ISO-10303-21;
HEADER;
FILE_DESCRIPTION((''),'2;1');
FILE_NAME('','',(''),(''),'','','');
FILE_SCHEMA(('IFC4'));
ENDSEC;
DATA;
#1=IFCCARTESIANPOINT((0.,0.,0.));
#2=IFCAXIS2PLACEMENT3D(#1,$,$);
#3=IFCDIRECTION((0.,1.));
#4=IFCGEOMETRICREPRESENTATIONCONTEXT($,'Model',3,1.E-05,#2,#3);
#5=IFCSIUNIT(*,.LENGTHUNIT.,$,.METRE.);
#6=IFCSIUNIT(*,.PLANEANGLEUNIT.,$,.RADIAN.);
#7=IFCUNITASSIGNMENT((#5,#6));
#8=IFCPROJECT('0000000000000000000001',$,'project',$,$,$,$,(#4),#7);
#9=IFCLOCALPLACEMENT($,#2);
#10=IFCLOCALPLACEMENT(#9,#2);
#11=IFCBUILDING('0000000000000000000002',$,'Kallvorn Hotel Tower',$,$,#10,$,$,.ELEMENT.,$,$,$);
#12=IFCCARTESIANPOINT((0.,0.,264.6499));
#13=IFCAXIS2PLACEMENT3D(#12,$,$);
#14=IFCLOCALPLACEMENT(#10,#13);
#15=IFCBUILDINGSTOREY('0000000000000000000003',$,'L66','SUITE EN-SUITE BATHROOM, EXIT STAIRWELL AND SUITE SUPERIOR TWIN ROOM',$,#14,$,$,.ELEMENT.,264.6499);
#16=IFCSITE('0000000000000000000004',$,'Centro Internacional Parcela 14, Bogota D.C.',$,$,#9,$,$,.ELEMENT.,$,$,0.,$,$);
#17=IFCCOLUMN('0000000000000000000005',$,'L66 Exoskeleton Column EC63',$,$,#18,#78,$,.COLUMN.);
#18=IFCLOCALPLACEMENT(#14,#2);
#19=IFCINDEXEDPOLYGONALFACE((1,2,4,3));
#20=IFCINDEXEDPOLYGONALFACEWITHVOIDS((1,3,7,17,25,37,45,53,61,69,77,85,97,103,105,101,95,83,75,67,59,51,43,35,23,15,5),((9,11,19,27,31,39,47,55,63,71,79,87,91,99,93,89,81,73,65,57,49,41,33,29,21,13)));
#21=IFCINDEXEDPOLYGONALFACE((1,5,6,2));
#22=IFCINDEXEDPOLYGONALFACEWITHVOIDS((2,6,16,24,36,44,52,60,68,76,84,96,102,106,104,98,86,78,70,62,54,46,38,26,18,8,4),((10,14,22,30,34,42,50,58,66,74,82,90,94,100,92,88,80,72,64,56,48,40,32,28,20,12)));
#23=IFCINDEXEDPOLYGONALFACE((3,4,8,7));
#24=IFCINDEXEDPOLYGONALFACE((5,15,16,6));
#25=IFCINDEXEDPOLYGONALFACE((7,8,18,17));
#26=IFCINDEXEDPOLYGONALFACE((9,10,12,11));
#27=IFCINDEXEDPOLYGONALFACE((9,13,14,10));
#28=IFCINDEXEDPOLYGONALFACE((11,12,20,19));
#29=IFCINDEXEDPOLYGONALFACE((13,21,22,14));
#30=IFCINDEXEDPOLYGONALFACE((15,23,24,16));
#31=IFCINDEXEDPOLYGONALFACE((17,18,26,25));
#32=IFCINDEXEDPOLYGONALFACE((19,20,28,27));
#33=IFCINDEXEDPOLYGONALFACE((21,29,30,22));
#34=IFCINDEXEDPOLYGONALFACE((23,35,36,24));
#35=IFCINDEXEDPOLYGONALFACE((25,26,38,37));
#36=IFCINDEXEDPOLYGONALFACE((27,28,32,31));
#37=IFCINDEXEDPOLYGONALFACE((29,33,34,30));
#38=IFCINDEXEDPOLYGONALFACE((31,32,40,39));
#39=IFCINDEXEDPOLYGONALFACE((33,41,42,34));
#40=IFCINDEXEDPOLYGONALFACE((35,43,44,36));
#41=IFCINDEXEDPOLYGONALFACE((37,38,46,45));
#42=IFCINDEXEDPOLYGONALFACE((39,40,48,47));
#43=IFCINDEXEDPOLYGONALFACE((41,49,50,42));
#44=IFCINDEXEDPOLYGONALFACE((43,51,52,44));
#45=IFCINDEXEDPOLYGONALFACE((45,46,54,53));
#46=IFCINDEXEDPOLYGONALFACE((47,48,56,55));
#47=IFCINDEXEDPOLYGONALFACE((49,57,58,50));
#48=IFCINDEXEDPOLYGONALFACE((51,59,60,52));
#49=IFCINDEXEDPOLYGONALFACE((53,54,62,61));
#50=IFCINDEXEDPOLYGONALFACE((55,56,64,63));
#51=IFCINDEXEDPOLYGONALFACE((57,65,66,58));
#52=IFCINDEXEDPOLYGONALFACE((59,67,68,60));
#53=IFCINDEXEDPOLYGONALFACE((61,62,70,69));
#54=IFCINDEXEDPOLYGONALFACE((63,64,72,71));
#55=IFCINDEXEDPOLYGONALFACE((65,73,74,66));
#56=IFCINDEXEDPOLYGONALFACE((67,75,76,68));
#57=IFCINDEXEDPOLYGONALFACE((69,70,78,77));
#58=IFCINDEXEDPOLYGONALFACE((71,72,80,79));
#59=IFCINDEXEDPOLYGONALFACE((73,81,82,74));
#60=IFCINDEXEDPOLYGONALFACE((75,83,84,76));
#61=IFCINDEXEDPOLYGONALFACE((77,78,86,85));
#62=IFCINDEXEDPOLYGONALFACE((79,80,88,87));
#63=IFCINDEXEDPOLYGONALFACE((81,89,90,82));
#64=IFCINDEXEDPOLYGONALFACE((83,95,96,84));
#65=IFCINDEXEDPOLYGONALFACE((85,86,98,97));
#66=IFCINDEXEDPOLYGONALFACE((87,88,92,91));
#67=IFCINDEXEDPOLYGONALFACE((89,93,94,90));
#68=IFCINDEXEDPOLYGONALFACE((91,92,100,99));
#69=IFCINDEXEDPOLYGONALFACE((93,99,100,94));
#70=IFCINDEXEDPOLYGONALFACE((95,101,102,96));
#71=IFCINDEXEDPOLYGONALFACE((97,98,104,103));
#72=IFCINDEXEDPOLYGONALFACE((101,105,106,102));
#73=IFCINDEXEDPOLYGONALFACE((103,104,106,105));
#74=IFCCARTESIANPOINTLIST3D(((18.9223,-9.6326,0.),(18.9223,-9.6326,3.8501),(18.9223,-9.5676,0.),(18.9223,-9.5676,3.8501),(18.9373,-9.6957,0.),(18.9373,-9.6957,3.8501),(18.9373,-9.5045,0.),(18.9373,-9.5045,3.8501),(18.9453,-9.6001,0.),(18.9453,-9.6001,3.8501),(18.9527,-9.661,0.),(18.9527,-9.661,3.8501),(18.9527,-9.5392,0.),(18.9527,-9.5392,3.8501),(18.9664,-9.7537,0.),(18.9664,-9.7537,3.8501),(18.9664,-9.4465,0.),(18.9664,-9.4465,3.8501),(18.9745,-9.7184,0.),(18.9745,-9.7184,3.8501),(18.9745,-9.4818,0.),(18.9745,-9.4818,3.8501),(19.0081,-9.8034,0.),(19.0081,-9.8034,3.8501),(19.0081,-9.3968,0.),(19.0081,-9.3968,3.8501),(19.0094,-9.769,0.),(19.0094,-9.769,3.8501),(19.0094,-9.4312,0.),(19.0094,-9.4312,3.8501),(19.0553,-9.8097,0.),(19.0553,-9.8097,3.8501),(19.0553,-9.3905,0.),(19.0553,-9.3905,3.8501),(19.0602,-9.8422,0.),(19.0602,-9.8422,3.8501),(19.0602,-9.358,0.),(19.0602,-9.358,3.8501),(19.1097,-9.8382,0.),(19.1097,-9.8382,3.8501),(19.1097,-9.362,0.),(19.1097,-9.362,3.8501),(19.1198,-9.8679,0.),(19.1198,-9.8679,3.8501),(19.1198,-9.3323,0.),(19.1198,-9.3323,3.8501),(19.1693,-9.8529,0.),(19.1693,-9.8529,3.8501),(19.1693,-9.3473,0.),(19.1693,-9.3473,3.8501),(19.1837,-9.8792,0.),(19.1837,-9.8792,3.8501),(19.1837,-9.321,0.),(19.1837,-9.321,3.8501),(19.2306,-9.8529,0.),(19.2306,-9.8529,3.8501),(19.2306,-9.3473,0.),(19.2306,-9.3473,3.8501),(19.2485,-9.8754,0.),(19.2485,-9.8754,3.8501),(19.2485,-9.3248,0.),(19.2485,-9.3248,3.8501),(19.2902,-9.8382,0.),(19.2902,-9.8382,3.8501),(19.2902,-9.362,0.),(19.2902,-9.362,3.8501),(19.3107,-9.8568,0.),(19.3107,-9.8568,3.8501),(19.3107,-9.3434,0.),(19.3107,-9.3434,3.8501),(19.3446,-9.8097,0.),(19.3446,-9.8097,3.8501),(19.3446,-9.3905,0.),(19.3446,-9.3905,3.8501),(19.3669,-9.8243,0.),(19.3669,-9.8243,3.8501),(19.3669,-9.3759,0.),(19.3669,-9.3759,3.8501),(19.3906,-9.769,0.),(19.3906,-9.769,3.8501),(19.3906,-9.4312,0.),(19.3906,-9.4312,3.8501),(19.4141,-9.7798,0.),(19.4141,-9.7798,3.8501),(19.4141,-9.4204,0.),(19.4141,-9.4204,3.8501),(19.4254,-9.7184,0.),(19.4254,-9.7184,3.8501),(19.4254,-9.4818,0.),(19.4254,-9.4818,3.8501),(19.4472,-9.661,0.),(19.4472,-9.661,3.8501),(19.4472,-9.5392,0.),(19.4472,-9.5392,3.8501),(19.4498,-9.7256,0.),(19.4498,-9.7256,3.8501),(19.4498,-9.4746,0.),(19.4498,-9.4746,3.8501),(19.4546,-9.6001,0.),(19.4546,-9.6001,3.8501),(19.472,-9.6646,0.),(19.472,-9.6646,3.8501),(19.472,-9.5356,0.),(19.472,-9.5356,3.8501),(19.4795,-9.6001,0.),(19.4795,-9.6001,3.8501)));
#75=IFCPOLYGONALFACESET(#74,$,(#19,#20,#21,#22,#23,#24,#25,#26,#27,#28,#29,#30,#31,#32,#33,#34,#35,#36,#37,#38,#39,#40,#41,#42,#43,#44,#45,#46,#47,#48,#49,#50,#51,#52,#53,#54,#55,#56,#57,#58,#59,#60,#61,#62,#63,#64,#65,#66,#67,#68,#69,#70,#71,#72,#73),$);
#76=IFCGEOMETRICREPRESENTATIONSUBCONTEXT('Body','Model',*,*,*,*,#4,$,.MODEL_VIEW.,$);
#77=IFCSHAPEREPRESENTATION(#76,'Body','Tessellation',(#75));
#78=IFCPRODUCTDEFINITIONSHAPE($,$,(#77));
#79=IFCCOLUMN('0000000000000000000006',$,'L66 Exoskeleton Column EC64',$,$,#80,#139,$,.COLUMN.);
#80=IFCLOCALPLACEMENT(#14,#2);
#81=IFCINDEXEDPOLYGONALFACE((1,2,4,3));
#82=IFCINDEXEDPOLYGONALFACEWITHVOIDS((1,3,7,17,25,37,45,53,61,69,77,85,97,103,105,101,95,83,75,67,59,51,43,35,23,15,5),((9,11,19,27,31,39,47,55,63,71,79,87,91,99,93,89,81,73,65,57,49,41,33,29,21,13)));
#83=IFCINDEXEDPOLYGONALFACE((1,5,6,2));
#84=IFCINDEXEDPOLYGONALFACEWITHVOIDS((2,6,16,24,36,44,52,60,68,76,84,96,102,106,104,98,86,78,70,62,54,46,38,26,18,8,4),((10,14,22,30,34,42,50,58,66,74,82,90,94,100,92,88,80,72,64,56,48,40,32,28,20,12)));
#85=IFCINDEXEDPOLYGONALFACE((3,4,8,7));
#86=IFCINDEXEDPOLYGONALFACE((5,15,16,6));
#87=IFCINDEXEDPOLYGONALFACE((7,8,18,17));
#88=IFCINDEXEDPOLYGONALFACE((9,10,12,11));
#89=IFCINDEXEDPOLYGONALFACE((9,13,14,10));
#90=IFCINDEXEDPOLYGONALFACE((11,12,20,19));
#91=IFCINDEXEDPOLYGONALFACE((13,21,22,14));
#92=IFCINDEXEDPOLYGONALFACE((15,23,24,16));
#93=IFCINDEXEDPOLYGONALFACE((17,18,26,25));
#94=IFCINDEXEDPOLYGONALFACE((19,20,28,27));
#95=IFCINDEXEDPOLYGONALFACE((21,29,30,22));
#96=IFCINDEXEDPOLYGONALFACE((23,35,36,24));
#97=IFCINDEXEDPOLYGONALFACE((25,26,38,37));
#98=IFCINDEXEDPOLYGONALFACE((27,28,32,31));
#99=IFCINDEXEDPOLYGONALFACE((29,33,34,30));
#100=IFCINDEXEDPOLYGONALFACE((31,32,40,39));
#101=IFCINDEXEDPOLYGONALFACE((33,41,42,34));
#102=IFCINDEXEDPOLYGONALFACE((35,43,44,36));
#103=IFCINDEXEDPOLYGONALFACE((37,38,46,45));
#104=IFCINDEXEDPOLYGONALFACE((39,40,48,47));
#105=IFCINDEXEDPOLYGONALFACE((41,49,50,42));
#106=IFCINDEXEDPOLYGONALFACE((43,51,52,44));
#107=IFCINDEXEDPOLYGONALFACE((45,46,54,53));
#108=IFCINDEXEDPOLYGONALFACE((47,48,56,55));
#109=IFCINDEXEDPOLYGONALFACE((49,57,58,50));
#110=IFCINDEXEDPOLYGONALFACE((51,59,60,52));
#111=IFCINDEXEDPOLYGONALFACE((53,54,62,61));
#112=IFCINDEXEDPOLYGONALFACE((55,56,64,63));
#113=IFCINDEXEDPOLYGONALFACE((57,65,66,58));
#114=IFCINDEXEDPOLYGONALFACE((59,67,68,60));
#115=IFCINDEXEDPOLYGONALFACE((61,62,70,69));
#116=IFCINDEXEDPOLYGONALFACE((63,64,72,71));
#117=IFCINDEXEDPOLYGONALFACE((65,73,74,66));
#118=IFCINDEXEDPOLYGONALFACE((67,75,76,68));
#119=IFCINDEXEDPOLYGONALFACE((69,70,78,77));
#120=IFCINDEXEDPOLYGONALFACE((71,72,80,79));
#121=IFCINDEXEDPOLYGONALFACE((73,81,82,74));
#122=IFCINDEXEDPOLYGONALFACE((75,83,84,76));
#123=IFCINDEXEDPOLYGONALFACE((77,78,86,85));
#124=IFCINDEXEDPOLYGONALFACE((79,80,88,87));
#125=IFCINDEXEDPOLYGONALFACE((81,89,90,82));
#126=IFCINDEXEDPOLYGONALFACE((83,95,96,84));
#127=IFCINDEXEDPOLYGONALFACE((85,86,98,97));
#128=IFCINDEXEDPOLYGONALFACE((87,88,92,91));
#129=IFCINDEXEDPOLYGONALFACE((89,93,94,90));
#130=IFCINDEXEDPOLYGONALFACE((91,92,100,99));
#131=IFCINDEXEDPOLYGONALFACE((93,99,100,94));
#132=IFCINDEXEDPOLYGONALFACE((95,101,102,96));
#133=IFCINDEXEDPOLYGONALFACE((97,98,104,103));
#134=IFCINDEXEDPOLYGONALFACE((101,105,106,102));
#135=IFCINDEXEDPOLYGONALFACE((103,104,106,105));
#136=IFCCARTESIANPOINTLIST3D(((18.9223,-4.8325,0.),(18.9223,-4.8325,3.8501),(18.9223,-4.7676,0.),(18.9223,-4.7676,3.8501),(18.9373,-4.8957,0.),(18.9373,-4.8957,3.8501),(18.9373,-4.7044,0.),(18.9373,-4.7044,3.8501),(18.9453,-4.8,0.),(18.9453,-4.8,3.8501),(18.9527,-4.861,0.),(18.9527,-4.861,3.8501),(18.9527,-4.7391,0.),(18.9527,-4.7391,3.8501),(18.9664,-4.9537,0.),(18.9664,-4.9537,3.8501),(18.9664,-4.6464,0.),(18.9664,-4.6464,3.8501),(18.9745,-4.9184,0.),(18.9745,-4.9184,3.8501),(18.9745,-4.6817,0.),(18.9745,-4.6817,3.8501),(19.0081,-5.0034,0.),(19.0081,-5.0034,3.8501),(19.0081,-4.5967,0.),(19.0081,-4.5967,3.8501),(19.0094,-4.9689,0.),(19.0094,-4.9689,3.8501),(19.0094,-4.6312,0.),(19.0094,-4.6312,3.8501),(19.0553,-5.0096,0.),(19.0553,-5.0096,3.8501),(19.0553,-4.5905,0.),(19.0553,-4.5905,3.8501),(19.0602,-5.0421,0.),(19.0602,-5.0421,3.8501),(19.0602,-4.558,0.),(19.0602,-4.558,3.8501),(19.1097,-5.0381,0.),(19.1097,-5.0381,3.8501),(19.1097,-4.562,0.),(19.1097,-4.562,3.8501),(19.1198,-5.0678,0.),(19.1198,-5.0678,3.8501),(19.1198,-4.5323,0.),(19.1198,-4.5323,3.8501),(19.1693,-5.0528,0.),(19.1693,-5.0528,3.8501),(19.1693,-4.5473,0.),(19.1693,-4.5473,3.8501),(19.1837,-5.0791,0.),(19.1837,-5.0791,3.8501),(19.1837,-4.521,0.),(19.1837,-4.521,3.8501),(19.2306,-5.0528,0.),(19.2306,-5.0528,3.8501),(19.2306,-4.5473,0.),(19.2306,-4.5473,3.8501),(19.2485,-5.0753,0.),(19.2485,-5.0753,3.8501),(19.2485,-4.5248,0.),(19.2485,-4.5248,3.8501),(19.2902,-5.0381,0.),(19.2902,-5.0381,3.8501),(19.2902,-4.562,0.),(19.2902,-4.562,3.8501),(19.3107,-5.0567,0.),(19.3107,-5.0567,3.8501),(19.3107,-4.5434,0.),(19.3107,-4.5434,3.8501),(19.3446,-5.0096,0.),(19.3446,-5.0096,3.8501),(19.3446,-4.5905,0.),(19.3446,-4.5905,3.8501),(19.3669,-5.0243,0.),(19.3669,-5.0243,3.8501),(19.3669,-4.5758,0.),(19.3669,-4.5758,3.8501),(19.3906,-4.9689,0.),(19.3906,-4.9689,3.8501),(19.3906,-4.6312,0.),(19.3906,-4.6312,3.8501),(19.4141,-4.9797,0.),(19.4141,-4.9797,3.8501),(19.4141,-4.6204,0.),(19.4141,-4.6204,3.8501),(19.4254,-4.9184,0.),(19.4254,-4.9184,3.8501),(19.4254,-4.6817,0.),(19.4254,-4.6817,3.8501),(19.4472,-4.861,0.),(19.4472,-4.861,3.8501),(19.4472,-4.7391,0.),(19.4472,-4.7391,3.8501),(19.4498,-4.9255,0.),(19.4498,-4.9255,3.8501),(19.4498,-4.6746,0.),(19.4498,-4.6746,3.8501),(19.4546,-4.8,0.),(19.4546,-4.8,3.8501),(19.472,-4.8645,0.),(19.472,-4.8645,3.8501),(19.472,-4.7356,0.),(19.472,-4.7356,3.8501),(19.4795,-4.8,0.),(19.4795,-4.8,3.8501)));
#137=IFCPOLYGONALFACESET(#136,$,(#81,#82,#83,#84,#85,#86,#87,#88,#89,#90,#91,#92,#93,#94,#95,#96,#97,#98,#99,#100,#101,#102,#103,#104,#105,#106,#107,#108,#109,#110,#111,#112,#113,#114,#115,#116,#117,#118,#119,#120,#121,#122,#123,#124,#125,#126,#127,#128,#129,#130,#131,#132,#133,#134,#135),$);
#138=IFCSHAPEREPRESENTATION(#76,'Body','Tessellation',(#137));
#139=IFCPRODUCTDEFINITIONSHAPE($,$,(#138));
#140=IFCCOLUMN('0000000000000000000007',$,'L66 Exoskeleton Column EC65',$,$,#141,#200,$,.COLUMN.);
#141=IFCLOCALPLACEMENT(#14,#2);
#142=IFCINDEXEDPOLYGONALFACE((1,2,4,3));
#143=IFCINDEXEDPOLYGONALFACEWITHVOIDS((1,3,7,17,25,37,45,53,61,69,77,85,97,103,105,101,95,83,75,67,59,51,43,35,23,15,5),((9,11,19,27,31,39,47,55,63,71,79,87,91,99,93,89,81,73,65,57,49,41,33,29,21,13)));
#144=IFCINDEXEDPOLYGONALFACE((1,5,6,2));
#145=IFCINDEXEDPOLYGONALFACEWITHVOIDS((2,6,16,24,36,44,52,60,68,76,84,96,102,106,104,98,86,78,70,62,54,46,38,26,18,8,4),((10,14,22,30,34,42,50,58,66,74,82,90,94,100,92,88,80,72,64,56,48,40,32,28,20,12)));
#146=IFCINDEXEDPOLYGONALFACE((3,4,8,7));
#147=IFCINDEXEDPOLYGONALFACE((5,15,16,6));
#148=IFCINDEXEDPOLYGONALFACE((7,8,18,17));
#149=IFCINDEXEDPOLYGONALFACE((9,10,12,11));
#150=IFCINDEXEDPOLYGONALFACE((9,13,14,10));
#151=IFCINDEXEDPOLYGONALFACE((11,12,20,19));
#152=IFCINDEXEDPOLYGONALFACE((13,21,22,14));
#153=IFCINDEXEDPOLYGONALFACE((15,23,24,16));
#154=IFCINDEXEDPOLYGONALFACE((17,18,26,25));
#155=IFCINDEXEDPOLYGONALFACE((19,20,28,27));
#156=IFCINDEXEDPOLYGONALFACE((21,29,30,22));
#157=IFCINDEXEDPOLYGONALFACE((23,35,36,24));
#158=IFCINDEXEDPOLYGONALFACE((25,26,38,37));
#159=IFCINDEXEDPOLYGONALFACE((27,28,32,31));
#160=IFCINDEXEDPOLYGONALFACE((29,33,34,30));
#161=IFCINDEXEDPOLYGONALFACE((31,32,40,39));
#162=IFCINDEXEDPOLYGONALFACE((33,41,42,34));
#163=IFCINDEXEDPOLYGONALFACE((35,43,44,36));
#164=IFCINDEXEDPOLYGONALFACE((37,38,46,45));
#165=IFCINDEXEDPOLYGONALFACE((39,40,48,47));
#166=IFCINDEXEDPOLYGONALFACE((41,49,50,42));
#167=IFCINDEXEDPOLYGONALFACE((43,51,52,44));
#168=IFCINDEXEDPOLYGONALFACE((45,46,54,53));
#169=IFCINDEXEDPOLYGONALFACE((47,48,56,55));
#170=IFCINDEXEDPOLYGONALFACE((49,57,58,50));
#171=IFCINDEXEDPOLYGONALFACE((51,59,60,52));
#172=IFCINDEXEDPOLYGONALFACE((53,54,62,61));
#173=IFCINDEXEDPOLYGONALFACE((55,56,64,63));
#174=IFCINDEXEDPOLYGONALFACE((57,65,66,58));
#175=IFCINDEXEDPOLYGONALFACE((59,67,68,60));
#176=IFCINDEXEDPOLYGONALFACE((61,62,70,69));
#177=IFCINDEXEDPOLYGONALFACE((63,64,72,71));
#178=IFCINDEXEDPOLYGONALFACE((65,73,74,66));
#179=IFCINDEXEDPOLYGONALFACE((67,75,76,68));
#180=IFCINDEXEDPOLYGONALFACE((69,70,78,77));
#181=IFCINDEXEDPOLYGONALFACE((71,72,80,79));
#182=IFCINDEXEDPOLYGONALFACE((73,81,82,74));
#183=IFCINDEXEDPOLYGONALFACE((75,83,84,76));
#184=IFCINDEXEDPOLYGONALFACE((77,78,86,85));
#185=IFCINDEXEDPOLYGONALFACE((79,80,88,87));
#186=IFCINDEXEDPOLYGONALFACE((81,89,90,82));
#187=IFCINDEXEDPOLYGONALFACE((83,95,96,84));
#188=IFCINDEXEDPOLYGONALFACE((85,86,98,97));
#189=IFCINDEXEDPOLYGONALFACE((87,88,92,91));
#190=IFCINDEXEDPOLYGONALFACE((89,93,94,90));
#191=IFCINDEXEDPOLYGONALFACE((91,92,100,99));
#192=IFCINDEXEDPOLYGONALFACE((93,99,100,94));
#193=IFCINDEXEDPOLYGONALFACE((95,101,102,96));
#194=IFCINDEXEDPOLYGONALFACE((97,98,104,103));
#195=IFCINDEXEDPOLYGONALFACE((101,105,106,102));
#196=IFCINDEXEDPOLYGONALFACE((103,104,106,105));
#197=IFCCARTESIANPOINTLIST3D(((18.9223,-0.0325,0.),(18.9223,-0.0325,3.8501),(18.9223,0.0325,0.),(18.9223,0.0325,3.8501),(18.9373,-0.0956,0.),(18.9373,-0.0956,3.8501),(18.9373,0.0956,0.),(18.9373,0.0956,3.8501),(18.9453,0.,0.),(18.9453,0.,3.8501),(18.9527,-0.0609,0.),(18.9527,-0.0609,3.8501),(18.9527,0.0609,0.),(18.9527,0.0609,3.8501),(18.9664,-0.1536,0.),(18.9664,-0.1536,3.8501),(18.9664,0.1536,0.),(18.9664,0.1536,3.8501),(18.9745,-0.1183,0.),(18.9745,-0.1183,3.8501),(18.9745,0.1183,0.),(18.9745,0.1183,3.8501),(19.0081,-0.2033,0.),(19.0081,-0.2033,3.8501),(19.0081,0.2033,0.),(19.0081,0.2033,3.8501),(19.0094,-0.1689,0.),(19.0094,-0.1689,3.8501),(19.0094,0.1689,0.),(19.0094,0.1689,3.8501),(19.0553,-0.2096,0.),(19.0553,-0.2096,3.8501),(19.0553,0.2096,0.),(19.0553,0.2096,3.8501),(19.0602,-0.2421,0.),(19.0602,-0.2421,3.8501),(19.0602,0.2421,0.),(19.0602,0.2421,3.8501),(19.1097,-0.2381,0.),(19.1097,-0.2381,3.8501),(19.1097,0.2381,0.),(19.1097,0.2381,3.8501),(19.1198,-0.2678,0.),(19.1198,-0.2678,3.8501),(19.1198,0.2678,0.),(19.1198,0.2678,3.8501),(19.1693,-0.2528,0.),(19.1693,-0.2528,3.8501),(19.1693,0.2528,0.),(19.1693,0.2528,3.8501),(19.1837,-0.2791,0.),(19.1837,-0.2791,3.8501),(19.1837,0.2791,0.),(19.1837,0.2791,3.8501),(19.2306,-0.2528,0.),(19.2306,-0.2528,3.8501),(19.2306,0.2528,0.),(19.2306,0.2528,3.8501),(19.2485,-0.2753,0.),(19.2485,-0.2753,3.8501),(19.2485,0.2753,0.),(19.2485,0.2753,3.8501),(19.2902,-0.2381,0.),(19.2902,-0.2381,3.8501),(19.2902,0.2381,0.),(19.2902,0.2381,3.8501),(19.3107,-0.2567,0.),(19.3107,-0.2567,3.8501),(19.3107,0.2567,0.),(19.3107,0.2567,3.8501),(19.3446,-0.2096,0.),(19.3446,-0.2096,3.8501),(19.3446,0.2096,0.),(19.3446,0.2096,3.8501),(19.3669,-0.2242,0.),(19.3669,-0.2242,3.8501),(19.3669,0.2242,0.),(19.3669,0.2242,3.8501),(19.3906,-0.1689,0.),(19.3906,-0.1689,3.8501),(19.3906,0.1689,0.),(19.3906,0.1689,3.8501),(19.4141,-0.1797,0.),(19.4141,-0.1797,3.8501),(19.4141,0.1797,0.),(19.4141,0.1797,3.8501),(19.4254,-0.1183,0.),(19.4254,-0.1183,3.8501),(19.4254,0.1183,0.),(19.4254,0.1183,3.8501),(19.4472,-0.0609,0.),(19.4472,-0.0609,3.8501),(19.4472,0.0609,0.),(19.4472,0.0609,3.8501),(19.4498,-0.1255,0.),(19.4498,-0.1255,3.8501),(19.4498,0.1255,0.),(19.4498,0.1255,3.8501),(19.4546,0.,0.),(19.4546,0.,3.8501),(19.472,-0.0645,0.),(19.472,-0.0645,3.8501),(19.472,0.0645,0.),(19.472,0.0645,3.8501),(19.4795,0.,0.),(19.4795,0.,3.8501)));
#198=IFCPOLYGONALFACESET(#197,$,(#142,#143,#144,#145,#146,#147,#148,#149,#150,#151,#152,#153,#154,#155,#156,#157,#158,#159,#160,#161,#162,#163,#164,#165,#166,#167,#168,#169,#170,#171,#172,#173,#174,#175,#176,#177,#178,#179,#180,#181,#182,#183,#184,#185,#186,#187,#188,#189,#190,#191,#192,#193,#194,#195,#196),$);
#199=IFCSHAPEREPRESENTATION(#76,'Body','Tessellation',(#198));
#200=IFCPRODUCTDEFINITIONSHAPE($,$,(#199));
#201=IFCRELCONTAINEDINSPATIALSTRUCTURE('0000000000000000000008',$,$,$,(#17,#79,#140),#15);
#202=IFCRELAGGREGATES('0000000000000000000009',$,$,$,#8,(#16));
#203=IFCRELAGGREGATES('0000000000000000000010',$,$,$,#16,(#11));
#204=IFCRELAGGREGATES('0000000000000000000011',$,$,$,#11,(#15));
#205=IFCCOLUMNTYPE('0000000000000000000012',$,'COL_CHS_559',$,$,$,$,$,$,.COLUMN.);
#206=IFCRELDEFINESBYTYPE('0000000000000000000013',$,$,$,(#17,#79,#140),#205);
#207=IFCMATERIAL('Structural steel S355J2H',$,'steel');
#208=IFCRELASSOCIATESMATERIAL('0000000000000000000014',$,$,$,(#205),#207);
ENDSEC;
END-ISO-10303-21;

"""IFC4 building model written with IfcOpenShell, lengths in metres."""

from ifc_helpers import new_model, si_unit, direction, frame, origin, origin_2d, place, context, subcontext, project, spatial, hollow_circle, extrude, material, material_profile, profile_set, type_object, element, save


model = new_model("IFC4")

# Units and contexts
model_context = context("Model", 3, precision=1e-05, world=origin(), true_north=direction((0.0, 1.0)))
body_context = subcontext(model_context, "Body", "Model", "MODEL_VIEW")
ifc_project = project(units=[si_unit("LENGTHUNIT", "METRE"), si_unit("PLANEANGLEUNIT", "RADIAN")], contexts=[model_context])

# Site, building, storey
site_placement = place(None, origin())
site = spatial("IfcSite", under=ifc_project, at=site_placement, Name="Centro Internacional Parcela 14, Bogota D.C.", CompositionType="ELEMENT", RefElevation=0.0)
building_placement = place(site_placement, origin())
building = spatial("IfcBuilding", under=site, at=building_placement, Name="Kallvorn Hotel Tower", CompositionType="ELEMENT")
storey_placement = place(building_placement, frame((0.0, 0.0, 264.6499)))
storey = spatial("IfcBuildingStorey", under=building, at=storey_placement, Name="L66", Description="SUITE EN-SUITE BATHROOM, EXIT STAIRWELL AND SUITE SUPERIOR TWIN ROOM", CompositionType="ELEMENT", Elevation=264.6499)

# Columns
ifc_material_1 = material(Name="Structural steel S355J2H", Category="steel")
ifc_material_profile_1 = material_profile(ifc_material_1, hollow_circle(Radius=0.2795, WallThickness=0.0249, at=origin_2d()), Name="CHS 559x25")
ifc_profile_set_1 = profile_set([ifc_material_profile_1], Name="Structural steel S355J2H")
column_type_1 = type_object("IfcColumnType", Name="COL_CHS_559", PredefinedType="COLUMN", material=ifc_profile_set_1)
for number, where, z_axis, x_axis, name in (
    (1, (19.2, -9.6001, 0.0), (0.0, 0.0, 1.0), (1.0, 0.0, 0.0), "L66 Exoskeleton Column EC63"),
    (2, (19.2, -4.8, 0.0), (0.0, 0.0, 1.0), (1.0, 0.0, 0.0), "L66 Exoskeleton Column EC64"),
    (3, (19.2, 0.0, 0.0), (0.0, 0.0, 1.0), (1.0, 0.0, 0.0), "L66 Exoskeleton Column EC65"),
):
    element("IfcColumn", number, at=place(storey_placement, frame(where, z_axis=z_axis, x_axis=x_axis)), inside=storey, type_object=column_type_1, Name=name, PredefinedType="COLUMN", context=body_context, shape_type="SweptSolid", body=[
        extrude(hollow_circle(Radius=0.2795, WallThickness=0.0249, at=origin_2d()), origin(), (0.0, 0.0, 1.0), 3.8501),
    ])

save(model, "model.ifc")
